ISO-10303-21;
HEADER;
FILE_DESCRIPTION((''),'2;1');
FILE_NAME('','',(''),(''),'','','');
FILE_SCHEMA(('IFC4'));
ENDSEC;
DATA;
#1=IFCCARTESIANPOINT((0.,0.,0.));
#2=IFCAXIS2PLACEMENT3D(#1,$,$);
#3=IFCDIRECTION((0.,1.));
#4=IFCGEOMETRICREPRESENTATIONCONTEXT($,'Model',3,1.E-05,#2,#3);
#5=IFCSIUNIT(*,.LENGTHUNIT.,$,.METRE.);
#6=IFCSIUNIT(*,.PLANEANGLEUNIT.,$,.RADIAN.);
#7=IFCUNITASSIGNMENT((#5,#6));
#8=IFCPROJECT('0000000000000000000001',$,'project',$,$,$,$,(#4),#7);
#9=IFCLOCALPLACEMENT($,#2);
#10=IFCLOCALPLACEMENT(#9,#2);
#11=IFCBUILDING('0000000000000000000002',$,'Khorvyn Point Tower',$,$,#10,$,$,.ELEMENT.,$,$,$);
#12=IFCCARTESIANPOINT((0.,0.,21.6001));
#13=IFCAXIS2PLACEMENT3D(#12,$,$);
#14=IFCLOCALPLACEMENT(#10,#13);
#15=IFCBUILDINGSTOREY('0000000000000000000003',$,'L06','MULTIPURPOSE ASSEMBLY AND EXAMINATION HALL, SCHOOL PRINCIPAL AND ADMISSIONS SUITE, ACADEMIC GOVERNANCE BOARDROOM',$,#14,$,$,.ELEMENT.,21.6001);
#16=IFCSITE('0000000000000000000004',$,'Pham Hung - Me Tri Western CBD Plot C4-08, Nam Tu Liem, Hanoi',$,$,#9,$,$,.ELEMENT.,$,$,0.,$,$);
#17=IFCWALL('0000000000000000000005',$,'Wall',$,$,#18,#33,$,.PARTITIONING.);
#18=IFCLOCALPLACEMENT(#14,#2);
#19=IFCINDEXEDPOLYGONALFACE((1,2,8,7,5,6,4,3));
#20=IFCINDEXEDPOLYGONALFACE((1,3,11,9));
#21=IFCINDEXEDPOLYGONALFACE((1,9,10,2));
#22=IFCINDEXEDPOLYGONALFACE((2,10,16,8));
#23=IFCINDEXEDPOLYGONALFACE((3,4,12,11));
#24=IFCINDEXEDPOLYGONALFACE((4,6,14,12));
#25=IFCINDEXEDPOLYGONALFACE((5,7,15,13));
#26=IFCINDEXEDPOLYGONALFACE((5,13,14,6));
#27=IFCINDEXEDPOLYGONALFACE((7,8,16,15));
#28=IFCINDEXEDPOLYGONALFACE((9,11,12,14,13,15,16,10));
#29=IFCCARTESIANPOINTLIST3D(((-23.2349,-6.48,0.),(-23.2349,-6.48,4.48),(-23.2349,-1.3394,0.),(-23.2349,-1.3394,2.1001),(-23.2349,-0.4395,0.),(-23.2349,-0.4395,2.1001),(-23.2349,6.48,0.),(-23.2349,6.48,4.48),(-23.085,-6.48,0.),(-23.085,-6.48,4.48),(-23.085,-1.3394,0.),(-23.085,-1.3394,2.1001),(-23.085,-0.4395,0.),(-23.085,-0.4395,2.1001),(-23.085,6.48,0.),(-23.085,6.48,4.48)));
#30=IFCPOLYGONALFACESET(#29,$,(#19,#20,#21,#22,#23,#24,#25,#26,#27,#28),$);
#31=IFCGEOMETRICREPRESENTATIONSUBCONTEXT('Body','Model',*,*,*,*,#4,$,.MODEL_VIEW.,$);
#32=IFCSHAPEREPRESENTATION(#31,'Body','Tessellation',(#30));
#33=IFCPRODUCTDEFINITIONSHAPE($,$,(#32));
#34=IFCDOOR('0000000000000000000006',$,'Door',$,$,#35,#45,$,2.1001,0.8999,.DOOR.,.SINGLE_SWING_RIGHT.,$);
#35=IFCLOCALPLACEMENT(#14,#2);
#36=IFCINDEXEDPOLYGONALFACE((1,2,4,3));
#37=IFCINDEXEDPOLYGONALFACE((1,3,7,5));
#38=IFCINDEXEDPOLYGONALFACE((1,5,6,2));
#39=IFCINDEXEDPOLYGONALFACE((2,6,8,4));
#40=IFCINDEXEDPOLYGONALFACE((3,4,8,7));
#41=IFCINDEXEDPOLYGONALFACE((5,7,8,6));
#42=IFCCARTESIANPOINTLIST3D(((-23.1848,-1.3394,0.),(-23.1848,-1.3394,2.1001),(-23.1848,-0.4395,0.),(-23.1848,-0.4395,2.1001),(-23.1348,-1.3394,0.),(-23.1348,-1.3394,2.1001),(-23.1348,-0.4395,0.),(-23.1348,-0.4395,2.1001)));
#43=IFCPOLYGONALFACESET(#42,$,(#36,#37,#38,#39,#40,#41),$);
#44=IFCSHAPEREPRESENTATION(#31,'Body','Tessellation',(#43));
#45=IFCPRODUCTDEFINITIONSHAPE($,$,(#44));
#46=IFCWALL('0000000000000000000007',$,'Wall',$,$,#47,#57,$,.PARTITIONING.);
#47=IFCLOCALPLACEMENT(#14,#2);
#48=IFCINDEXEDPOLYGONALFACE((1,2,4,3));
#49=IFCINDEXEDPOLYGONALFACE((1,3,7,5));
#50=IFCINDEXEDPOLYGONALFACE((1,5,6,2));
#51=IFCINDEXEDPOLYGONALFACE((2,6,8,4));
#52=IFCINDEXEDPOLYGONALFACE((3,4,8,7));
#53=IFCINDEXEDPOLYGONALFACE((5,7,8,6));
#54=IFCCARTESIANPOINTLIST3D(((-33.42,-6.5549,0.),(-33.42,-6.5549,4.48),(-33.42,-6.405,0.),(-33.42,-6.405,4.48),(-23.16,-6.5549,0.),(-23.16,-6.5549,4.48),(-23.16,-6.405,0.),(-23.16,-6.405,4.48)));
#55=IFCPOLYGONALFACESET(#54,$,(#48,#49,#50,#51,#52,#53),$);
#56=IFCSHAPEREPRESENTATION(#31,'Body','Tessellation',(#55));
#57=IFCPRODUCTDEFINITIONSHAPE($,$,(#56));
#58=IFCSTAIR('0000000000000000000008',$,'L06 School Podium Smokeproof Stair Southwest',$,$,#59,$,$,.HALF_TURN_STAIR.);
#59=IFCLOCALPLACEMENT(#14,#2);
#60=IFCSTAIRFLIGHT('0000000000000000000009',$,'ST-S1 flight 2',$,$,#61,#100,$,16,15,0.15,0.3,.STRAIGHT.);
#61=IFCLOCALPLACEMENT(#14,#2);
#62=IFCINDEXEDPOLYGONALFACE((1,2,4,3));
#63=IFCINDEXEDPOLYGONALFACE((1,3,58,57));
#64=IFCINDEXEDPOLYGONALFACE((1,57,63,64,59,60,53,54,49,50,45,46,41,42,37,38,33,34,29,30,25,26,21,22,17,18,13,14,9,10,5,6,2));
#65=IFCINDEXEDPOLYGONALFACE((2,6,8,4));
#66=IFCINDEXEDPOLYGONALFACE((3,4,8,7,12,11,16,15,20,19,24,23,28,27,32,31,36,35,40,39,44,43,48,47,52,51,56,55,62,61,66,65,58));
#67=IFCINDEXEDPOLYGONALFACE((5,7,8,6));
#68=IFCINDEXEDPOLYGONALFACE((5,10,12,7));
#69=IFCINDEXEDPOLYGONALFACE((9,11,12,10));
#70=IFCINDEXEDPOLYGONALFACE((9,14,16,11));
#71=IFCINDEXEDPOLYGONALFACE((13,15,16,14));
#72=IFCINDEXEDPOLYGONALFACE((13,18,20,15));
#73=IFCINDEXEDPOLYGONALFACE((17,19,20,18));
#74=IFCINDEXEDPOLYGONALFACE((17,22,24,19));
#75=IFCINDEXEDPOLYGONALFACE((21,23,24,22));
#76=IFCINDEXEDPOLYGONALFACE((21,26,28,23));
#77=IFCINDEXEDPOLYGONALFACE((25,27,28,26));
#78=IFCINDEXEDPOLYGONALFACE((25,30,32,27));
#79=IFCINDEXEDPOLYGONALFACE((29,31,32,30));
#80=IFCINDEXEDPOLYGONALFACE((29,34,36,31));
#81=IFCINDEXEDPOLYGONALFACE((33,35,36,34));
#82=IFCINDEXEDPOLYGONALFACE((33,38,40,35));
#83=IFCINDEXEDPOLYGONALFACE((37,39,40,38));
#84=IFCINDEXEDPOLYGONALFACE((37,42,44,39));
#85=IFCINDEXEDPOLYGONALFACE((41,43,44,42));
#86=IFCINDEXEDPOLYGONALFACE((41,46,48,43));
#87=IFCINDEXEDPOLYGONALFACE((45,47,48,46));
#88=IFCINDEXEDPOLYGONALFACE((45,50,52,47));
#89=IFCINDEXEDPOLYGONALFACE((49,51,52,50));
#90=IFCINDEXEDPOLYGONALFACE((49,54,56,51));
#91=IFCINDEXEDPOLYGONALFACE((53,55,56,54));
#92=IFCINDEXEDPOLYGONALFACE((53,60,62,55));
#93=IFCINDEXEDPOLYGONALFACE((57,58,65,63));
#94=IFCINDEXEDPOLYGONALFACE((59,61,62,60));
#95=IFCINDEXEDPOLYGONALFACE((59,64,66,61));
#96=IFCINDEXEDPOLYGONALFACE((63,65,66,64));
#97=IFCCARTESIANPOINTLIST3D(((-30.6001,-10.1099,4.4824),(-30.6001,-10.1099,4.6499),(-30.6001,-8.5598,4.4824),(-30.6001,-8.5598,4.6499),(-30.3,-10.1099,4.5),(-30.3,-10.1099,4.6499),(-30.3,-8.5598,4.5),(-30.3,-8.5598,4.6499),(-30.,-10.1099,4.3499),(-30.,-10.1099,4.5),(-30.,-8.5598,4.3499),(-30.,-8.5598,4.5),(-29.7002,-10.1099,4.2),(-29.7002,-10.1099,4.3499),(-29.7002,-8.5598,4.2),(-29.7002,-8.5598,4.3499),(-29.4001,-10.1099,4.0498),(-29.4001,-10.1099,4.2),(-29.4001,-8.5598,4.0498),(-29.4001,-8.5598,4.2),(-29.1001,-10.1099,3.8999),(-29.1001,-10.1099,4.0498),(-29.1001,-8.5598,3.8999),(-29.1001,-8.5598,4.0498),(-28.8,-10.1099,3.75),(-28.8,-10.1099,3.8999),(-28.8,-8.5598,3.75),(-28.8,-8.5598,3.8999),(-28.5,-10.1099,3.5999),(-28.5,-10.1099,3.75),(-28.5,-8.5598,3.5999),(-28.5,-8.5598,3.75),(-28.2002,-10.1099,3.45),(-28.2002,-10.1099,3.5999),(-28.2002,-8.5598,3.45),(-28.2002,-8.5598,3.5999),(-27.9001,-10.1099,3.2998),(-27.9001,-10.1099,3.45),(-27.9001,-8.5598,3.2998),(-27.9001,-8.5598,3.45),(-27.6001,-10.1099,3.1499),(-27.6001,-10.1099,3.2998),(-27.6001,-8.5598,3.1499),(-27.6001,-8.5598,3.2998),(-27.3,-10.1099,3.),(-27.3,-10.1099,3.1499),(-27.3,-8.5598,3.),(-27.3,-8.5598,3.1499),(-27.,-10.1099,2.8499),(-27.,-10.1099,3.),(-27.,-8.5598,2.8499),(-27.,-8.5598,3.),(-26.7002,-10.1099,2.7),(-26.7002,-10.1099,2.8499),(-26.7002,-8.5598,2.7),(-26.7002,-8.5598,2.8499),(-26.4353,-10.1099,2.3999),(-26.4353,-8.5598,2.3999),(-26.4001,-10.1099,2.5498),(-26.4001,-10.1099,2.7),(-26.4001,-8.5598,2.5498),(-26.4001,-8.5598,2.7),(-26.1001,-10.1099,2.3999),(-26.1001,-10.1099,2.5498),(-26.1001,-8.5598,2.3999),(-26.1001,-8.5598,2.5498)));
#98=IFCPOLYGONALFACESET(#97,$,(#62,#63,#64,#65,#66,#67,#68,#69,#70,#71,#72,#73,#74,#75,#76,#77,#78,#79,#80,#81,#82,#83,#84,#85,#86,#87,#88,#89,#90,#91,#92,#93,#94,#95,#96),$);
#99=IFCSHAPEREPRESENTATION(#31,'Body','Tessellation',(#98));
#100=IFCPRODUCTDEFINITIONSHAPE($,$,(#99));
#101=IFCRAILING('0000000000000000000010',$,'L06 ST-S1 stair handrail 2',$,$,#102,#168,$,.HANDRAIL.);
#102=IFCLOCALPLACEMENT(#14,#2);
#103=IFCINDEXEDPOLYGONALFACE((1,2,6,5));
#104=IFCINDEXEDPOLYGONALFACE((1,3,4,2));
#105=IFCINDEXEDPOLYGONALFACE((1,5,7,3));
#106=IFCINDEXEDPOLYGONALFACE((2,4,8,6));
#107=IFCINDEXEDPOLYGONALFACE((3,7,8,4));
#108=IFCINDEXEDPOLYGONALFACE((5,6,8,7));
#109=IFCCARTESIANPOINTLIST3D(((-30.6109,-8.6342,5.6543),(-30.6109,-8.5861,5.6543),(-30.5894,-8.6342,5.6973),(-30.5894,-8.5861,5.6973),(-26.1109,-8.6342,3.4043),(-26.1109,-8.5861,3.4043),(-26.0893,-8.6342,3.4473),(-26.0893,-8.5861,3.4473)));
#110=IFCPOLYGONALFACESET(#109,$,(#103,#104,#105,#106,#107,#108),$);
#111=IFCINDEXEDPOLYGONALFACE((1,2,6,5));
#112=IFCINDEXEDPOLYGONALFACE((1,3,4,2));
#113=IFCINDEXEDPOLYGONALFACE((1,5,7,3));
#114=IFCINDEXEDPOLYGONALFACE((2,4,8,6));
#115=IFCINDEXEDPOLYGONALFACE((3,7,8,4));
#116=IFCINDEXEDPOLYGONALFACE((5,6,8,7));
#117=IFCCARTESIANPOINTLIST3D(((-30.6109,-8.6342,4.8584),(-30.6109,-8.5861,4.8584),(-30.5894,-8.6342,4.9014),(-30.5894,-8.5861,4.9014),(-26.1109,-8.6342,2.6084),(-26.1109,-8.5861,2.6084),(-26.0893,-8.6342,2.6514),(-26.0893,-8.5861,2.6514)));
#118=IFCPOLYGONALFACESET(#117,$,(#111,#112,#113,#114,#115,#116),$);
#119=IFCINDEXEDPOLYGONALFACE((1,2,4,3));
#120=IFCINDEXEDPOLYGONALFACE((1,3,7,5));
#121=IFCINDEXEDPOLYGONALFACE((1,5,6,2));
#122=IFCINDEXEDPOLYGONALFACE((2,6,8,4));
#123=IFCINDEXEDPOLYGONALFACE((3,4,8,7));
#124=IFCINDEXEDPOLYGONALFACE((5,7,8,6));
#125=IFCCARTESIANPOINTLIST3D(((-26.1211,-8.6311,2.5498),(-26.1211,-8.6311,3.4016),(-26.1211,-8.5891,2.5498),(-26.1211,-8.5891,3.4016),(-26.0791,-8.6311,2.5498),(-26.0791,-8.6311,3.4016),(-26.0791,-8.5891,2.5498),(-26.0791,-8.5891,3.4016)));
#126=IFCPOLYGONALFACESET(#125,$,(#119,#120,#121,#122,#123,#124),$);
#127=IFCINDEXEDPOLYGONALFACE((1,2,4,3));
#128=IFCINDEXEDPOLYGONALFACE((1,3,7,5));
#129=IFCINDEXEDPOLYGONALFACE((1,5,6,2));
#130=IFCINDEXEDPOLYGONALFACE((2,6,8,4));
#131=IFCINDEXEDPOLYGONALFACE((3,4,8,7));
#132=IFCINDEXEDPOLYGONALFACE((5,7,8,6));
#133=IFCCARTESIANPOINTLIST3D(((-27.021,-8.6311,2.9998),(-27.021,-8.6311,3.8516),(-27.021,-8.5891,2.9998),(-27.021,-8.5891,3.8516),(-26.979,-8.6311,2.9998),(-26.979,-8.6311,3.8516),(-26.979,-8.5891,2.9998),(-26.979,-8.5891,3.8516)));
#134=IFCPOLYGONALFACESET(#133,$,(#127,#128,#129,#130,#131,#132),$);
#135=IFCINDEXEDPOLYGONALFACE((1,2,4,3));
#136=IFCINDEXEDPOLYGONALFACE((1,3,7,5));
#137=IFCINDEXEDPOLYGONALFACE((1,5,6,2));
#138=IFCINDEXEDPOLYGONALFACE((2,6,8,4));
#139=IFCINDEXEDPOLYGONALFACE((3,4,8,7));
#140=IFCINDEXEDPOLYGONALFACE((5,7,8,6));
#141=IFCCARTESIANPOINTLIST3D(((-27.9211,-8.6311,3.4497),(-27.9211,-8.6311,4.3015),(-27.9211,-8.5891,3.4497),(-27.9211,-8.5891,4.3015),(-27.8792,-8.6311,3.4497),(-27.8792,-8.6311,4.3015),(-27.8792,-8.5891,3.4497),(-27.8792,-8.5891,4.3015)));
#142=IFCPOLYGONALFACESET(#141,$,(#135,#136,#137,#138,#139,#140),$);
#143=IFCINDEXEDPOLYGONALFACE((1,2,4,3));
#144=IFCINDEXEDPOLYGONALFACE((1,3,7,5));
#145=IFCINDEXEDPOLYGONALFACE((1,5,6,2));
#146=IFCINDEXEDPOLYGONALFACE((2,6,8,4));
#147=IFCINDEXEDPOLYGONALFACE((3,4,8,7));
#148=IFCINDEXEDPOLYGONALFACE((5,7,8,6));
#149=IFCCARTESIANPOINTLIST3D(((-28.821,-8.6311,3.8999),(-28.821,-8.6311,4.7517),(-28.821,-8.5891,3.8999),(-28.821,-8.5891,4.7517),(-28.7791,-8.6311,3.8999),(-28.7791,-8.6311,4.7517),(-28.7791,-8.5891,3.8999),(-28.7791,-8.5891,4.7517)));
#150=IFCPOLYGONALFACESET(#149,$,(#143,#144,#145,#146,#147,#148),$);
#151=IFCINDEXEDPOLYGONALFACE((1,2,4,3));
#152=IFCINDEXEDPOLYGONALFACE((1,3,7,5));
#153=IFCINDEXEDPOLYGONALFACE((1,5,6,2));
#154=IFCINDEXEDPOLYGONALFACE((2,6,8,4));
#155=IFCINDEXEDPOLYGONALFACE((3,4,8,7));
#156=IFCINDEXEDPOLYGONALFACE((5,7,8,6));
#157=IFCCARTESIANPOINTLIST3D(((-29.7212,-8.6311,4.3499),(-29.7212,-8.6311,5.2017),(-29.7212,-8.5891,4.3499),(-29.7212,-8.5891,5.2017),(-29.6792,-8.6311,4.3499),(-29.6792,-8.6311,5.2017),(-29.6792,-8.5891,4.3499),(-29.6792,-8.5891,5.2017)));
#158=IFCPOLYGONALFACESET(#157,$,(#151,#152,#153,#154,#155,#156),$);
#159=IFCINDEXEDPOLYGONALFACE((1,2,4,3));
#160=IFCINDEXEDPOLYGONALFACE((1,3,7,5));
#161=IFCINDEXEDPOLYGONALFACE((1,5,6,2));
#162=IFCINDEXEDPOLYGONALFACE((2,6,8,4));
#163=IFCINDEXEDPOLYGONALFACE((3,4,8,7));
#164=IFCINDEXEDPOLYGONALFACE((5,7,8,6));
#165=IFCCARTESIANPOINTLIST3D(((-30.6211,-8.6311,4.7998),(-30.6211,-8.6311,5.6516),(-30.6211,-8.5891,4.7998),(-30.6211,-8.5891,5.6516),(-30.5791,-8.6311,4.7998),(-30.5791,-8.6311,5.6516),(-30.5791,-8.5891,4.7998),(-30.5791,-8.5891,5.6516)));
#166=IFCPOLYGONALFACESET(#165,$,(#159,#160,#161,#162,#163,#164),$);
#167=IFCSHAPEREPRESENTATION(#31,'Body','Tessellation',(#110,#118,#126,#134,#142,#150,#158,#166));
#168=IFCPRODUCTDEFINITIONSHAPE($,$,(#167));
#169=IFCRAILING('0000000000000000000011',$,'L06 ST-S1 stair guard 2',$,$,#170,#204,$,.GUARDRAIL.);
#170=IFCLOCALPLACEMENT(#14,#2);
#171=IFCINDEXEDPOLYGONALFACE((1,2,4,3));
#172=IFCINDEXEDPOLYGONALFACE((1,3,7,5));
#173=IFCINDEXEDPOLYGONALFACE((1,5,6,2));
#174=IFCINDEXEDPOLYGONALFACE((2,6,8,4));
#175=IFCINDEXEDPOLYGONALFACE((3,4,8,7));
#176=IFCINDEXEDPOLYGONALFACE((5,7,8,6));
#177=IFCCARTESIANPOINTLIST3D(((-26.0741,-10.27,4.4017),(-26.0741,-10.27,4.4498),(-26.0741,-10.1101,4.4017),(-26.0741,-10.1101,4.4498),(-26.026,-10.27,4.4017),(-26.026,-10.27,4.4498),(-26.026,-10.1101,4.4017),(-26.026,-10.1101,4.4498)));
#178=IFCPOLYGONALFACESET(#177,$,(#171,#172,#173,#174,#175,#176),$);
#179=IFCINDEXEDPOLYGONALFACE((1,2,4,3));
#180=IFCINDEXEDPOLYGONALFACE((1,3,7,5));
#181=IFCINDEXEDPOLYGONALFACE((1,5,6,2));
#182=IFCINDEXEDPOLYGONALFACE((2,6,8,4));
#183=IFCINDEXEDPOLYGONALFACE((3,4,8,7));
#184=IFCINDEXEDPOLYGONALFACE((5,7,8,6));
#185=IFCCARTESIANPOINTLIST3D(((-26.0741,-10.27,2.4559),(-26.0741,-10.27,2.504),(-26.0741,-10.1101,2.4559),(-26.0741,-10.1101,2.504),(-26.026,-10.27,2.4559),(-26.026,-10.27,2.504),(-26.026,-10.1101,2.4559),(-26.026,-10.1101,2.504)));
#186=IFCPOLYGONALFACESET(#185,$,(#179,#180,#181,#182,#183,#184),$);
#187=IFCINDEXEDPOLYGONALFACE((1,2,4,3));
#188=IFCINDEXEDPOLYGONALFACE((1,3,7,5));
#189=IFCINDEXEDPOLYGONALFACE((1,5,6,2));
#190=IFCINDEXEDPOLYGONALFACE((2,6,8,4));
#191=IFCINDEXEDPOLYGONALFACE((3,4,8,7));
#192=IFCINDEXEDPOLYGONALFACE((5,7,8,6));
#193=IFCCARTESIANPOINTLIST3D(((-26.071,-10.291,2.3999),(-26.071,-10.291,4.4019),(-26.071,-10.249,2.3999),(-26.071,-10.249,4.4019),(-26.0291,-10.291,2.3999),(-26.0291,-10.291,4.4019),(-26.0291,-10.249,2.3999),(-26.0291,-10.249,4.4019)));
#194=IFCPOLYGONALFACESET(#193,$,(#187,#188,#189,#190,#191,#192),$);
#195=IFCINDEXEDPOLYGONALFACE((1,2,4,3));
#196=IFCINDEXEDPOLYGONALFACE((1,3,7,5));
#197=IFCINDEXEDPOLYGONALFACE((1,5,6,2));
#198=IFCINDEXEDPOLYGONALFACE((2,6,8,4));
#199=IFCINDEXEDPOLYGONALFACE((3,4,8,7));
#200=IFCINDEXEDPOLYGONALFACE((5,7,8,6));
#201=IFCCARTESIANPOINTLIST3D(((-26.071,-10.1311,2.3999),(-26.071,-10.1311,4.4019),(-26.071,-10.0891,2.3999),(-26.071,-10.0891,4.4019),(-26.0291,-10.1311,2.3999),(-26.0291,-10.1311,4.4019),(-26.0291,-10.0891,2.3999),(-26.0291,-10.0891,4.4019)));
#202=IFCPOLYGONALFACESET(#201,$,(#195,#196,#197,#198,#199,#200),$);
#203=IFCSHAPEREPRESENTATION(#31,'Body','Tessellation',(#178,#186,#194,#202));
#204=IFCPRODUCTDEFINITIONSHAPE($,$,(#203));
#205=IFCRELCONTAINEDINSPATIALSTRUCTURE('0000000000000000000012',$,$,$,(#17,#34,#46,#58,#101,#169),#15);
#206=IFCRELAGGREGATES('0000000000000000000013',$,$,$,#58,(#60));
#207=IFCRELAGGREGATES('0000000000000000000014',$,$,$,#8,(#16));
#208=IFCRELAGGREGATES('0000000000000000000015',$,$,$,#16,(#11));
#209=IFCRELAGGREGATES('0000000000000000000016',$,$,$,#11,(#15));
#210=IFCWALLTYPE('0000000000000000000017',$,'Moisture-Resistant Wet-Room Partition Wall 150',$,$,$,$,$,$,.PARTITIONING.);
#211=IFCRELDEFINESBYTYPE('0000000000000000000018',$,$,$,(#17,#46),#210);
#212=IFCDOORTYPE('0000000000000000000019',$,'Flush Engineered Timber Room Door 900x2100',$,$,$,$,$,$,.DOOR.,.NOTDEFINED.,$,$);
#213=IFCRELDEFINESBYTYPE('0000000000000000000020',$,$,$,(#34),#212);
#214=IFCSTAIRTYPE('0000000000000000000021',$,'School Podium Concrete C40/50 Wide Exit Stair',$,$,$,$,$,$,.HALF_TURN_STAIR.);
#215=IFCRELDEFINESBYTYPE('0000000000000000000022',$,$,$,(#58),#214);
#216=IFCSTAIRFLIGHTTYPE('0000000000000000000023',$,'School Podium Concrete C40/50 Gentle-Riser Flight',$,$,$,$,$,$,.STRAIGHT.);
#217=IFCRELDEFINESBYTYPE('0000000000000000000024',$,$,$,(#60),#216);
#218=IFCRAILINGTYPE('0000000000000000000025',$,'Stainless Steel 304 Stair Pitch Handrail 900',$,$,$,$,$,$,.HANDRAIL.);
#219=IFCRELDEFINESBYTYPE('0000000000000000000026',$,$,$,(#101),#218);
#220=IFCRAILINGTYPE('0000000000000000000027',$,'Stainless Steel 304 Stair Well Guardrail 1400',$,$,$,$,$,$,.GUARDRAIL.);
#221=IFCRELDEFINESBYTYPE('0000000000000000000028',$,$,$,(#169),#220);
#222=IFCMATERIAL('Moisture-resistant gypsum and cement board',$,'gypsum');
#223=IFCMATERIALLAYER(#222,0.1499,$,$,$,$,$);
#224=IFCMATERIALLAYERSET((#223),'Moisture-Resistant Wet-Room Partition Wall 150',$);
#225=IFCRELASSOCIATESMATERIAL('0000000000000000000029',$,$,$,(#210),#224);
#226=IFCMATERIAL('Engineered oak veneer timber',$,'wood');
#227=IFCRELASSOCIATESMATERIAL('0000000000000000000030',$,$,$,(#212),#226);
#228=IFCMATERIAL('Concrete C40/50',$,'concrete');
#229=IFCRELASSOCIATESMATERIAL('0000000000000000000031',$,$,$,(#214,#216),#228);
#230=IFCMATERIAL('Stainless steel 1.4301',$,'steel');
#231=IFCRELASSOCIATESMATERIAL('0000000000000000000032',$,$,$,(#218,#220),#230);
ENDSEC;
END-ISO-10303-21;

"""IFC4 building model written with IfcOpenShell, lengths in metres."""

from ifc_helpers import new_model, si_unit, direction, frame, frame_2d, origin, origin_2d, place, context, subcontext, project, spatial, polyline, rectangle, outline, extrude, material, layer, layer_set, type_object, element, fill, aggregate, save


model = new_model("IFC4")

# Units and contexts
model_context = context("Model", 3, precision=1e-05, world=origin(), true_north=direction((0.0, 1.0)))
body_context = subcontext(model_context, "Body", "Model", "MODEL_VIEW")
ifc_project = project(units=[si_unit("LENGTHUNIT", "METRE"), si_unit("PLANEANGLEUNIT", "RADIAN")], contexts=[model_context])

# Site, building, storey
site_placement = place(None, origin())
site = spatial("IfcSite", under=ifc_project, at=site_placement, Name="Pham Hung - Me Tri Western CBD Plot C4-08, Nam Tu Liem, Hanoi", CompositionType="ELEMENT", RefElevation=0.0)
building_placement = place(site_placement, origin())
building = spatial("IfcBuilding", under=site, at=building_placement, Name="Khorvyn Point Tower", CompositionType="ELEMENT")
storey_placement = place(building_placement, frame((0.0, 0.0, 21.6001)))
storey = spatial("IfcBuildingStorey", under=building, at=storey_placement, Name="L06", Description="MULTIPURPOSE ASSEMBLY AND EXAMINATION HALL, SCHOOL PRINCIPAL AND ADMISSIONS SUITE, ACADEMIC GOVERNANCE BOARDROOM", CompositionType="ELEMENT", Elevation=21.6001)

# Shared definitions
ifc_material_1 = material(Name="Concrete C40/50", Category="concrete")

# Shared definitions
ifc_material_2 = material(Name="Stainless steel 1.4301", Category="steel")

# Wall, opening, door
ifc_material_3 = material(Name="Moisture-resistant gypsum and cement board", Category="gypsum")
ifc_layer_1 = layer(ifc_material_3, 0.1499)
ifc_layer_set_1 = layer_set([ifc_layer_1], Name="Moisture-Resistant Wet-Room Partition Wall 150")
wall_type_1 = type_object("IfcWallType", Name="Moisture-Resistant Wet-Room Partition Wall 150", PredefinedType="PARTITIONING", material=ifc_layer_set_1)
wall_1_placement = place(storey_placement, frame((-23.1599, -6.48, 0.0), z_axis=(0.0, 0.0, 1.0), x_axis=(0.0, 1.0, 0.0)))
wall_1 = element("IfcWall", 1, at=wall_1_placement, inside=storey, type_object=wall_type_1, Name="Wall", PredefinedType="PARTITIONING", context=body_context, shape_type="SweptSolid", body=[
    extrude(rectangle(XDim=12.96, YDim=0.1499, at=frame_2d((6.48, 0.0))), origin(), (0.0, 0.0, 1.0), 4.48),
])
opening_1_placement = place(wall_1_placement, frame((5.1406, 0.0, 0.0)))
opening_1 = element("IfcOpeningElement", 2, at=opening_1_placement, cuts=wall_1, PredefinedType="OPENING", context=body_context, shape_type="SweptSolid", body=[
    extrude(rectangle(XDim=0.8999, YDim=2.1001, at=frame_2d((0.45, 1.05))), frame((0.0, 0.085, 0.0), z_axis=(0.0, -1.0, 0.0), x_axis=(1.0, 0.0, 0.0)), (0.0, 0.0, 1.0), 0.1699),
])
ifc_material_4 = material(Name="Engineered oak veneer timber", Category="wood")
door_type_1 = type_object("IfcDoorType", Name="Flush Engineered Timber Room Door 900x2100", OperationType="NOTDEFINED", PredefinedType="DOOR", material=ifc_material_4)
door_1_placement = place(opening_1_placement, origin())
door_1 = element("IfcDoor", 3, at=door_1_placement, inside=storey, type_object=door_type_1, Name="Door", OperationType="SINGLE_SWING_RIGHT", OverallHeight=2.1001, OverallWidth=0.8999, PredefinedType="DOOR", context=body_context, shape_type="SweptSolid", body=[
    extrude(rectangle(XDim=0.8999, YDim=2.1001, at=frame_2d((0.45, 1.05))), frame((0.0, 0.0249, 0.0), z_axis=(0.0, -1.0, 0.0), x_axis=(1.0, 0.0, 0.0)), (0.0, 0.0, 1.0), 0.05),
])
fill(opening_1, door_1)

# Wall
wall_2_placement = place(storey_placement, frame((-33.4199, -6.48, 0.0), z_axis=(0.0, 0.0, 1.0), x_axis=(1.0, 0.0, 0.0)))
element("IfcWall", 4, at=wall_2_placement, inside=storey, type_object=wall_type_1, Name="Wall", PredefinedType="PARTITIONING", context=body_context, shape_type="SweptSolid", body=[
    extrude(rectangle(XDim=10.26, YDim=0.1499, at=frame_2d((5.1299, 0.0))), origin(), (0.0, 0.0, 1.0), 4.48),
])

# Stair, stair flight
stair_type = type_object("IfcStairType", Name="School Podium Concrete C40/50 Wide Exit Stair", PredefinedType="HALF_TURN_STAIR", material=ifc_material_1)
stair_placement = place(storey_placement, origin())
stair = element("IfcStair", 5, at=stair_placement, inside=storey, type_object=stair_type, Name="L06 School Podium Smokeproof Stair Southwest", PredefinedType="HALF_TURN_STAIR")
stair_flight_type = type_object("IfcStairFlightType", Name="School Podium Concrete C40/50 Gentle-Riser Flight", PredefinedType="STRAIGHT", material=ifc_material_1)
stair_flight_placement = place(storey_placement, frame((-26.1001, -9.335, 2.3999), z_axis=(0.0, 0.0, 1.0), x_axis=(-1.0, 0.0, 0.0)))
stair_flight = element("IfcStairFlight", 6, at=stair_flight_placement, type_object=stair_flight_type, Name="ST-S1 flight 2", NumberOfRisers=16, NumberOfTreads=15, PredefinedType="STRAIGHT", RiserHeight=0.15, TreadLength=0.3, context=body_context, shape_type="SweptSolid", body=[
    extrude(outline(polyline([(0.0, 0.0), (0.0, 0.1499), (0.3, 0.1499), (0.3, 0.3), (0.6001, 0.3), (0.6001, 0.45), (0.8999, 0.45), (0.8999, 0.6001), (1.2, 0.6001), (1.2, 0.75), (1.5, 0.75), (1.5, 0.8999), (1.8, 0.8999), (1.8, 1.05), (2.1001, 1.05), (2.1001, 1.2), (2.3999, 1.2), (2.3999, 1.3501), (2.7, 1.3501), (2.7, 1.5), (3.0, 1.5), (3.0, 1.6499), (3.3, 1.6499), (3.3, 1.8), (3.6001, 1.8), (3.6001, 1.95), (3.8999, 1.95), (3.8999, 2.1001), (4.2, 2.1001), (4.2, 2.25), (4.5, 2.25), (4.5, 2.3999), (4.5, 2.0825), (0.3352, 0.0), (0.0, 0.0)])), frame((0.0, 0.7749, 0.0), z_axis=(0.0, -1.0, 0.0), x_axis=(1.0, 0.0, 0.0)), (0.0, 0.0, 1.0), 1.55),
])
aggregate(stair, [stair_flight])

# Railings
railing_type_1 = type_object("IfcRailingType", Name="Stainless Steel 304 Stair Pitch Handrail 900", PredefinedType="HANDRAIL", material=ifc_material_2)
railing_1_placement = place(storey_placement, frame((-26.1001, -8.6101, 2.5498)))
element("IfcRailing", 7, at=railing_1_placement, inside=storey, type_object=railing_type_1, Name="L06 ST-S1 stair handrail 2", PredefinedType="HANDRAIL", context=body_context, shape_type="SweptSolid", body=[
    extrude(rectangle(XDim=0.0481, YDim=0.0481, at=origin_2d()), frame((0.0, 0.0, 0.876), z_axis=(-0.894427, 0.0, 0.447214), x_axis=(0.0, -1.0, 0.0)), (0.0, 0.0, 1.0), 5.0312),
    extrude(rectangle(XDim=0.0481, YDim=0.0481, at=origin_2d()), frame((0.0, 0.0, 0.0801), z_axis=(-0.894427, 0.0, 0.447214), x_axis=(0.0, -1.0, 0.0)), (0.0, 0.0, 1.0), 5.0312),
    extrude(rectangle(XDim=0.042, YDim=0.042, at=origin_2d()), origin(), (0.0, 0.0, 1.0), 0.8518),
    extrude(rectangle(XDim=0.042, YDim=0.042, at=origin_2d()), frame((-0.8999, 0.0, 0.45)), (0.0, 0.0, 1.0), 0.8518),
    extrude(rectangle(XDim=0.042, YDim=0.042, at=origin_2d()), frame((-1.8, 0.0, 0.8999)), (0.0, 0.0, 1.0), 0.8518),
    extrude(rectangle(XDim=0.042, YDim=0.042, at=origin_2d()), frame((-2.7, 0.0, 1.3501)), (0.0, 0.0, 1.0), 0.8518),
    extrude(rectangle(XDim=0.042, YDim=0.042, at=origin_2d()), frame((-3.6001, 0.0, 1.8)), (0.0, 0.0, 1.0), 0.8518),
    extrude(rectangle(XDim=0.042, YDim=0.042, at=origin_2d()), frame((-4.5, 0.0, 2.25)), (0.0, 0.0, 1.0), 0.8518),
])
railing_type_2 = type_object("IfcRailingType", Name="Stainless Steel 304 Stair Well Guardrail 1400", PredefinedType="GUARDRAIL", material=ifc_material_2)
railing_2_placement = place(storey_placement, frame((-26.05, -10.27, 2.3999)))
element("IfcRailing", 8, at=railing_2_placement, inside=storey, type_object=railing_type_2, Name="L06 ST-S1 stair guard 2", PredefinedType="GUARDRAIL", context=body_context, shape_type="SweptSolid", body=[
    extrude(rectangle(XDim=0.0481, YDim=0.0481, at=origin_2d()), frame((0.0, 0.0, 2.0259), z_axis=(0.0, 1.0, 0.0), x_axis=(-1.0, 0.0, 0.0)), (0.0, 0.0, 1.0), 0.1599),
    extrude(rectangle(XDim=0.0481, YDim=0.0481, at=origin_2d()), frame((0.0, 0.0, 0.0801), z_axis=(0.0, 1.0, 0.0), x_axis=(-1.0, 0.0, 0.0)), (0.0, 0.0, 1.0), 0.1599),
    extrude(rectangle(XDim=0.042, YDim=0.042, at=origin_2d()), origin(), (0.0, 0.0, 1.0), 2.002),
    extrude(rectangle(XDim=0.042, YDim=0.042, at=origin_2d()), frame((0.0, 0.1599, 0.0)), (0.0, 0.0, 1.0), 2.002),
])

save(model, "model.ifc")
